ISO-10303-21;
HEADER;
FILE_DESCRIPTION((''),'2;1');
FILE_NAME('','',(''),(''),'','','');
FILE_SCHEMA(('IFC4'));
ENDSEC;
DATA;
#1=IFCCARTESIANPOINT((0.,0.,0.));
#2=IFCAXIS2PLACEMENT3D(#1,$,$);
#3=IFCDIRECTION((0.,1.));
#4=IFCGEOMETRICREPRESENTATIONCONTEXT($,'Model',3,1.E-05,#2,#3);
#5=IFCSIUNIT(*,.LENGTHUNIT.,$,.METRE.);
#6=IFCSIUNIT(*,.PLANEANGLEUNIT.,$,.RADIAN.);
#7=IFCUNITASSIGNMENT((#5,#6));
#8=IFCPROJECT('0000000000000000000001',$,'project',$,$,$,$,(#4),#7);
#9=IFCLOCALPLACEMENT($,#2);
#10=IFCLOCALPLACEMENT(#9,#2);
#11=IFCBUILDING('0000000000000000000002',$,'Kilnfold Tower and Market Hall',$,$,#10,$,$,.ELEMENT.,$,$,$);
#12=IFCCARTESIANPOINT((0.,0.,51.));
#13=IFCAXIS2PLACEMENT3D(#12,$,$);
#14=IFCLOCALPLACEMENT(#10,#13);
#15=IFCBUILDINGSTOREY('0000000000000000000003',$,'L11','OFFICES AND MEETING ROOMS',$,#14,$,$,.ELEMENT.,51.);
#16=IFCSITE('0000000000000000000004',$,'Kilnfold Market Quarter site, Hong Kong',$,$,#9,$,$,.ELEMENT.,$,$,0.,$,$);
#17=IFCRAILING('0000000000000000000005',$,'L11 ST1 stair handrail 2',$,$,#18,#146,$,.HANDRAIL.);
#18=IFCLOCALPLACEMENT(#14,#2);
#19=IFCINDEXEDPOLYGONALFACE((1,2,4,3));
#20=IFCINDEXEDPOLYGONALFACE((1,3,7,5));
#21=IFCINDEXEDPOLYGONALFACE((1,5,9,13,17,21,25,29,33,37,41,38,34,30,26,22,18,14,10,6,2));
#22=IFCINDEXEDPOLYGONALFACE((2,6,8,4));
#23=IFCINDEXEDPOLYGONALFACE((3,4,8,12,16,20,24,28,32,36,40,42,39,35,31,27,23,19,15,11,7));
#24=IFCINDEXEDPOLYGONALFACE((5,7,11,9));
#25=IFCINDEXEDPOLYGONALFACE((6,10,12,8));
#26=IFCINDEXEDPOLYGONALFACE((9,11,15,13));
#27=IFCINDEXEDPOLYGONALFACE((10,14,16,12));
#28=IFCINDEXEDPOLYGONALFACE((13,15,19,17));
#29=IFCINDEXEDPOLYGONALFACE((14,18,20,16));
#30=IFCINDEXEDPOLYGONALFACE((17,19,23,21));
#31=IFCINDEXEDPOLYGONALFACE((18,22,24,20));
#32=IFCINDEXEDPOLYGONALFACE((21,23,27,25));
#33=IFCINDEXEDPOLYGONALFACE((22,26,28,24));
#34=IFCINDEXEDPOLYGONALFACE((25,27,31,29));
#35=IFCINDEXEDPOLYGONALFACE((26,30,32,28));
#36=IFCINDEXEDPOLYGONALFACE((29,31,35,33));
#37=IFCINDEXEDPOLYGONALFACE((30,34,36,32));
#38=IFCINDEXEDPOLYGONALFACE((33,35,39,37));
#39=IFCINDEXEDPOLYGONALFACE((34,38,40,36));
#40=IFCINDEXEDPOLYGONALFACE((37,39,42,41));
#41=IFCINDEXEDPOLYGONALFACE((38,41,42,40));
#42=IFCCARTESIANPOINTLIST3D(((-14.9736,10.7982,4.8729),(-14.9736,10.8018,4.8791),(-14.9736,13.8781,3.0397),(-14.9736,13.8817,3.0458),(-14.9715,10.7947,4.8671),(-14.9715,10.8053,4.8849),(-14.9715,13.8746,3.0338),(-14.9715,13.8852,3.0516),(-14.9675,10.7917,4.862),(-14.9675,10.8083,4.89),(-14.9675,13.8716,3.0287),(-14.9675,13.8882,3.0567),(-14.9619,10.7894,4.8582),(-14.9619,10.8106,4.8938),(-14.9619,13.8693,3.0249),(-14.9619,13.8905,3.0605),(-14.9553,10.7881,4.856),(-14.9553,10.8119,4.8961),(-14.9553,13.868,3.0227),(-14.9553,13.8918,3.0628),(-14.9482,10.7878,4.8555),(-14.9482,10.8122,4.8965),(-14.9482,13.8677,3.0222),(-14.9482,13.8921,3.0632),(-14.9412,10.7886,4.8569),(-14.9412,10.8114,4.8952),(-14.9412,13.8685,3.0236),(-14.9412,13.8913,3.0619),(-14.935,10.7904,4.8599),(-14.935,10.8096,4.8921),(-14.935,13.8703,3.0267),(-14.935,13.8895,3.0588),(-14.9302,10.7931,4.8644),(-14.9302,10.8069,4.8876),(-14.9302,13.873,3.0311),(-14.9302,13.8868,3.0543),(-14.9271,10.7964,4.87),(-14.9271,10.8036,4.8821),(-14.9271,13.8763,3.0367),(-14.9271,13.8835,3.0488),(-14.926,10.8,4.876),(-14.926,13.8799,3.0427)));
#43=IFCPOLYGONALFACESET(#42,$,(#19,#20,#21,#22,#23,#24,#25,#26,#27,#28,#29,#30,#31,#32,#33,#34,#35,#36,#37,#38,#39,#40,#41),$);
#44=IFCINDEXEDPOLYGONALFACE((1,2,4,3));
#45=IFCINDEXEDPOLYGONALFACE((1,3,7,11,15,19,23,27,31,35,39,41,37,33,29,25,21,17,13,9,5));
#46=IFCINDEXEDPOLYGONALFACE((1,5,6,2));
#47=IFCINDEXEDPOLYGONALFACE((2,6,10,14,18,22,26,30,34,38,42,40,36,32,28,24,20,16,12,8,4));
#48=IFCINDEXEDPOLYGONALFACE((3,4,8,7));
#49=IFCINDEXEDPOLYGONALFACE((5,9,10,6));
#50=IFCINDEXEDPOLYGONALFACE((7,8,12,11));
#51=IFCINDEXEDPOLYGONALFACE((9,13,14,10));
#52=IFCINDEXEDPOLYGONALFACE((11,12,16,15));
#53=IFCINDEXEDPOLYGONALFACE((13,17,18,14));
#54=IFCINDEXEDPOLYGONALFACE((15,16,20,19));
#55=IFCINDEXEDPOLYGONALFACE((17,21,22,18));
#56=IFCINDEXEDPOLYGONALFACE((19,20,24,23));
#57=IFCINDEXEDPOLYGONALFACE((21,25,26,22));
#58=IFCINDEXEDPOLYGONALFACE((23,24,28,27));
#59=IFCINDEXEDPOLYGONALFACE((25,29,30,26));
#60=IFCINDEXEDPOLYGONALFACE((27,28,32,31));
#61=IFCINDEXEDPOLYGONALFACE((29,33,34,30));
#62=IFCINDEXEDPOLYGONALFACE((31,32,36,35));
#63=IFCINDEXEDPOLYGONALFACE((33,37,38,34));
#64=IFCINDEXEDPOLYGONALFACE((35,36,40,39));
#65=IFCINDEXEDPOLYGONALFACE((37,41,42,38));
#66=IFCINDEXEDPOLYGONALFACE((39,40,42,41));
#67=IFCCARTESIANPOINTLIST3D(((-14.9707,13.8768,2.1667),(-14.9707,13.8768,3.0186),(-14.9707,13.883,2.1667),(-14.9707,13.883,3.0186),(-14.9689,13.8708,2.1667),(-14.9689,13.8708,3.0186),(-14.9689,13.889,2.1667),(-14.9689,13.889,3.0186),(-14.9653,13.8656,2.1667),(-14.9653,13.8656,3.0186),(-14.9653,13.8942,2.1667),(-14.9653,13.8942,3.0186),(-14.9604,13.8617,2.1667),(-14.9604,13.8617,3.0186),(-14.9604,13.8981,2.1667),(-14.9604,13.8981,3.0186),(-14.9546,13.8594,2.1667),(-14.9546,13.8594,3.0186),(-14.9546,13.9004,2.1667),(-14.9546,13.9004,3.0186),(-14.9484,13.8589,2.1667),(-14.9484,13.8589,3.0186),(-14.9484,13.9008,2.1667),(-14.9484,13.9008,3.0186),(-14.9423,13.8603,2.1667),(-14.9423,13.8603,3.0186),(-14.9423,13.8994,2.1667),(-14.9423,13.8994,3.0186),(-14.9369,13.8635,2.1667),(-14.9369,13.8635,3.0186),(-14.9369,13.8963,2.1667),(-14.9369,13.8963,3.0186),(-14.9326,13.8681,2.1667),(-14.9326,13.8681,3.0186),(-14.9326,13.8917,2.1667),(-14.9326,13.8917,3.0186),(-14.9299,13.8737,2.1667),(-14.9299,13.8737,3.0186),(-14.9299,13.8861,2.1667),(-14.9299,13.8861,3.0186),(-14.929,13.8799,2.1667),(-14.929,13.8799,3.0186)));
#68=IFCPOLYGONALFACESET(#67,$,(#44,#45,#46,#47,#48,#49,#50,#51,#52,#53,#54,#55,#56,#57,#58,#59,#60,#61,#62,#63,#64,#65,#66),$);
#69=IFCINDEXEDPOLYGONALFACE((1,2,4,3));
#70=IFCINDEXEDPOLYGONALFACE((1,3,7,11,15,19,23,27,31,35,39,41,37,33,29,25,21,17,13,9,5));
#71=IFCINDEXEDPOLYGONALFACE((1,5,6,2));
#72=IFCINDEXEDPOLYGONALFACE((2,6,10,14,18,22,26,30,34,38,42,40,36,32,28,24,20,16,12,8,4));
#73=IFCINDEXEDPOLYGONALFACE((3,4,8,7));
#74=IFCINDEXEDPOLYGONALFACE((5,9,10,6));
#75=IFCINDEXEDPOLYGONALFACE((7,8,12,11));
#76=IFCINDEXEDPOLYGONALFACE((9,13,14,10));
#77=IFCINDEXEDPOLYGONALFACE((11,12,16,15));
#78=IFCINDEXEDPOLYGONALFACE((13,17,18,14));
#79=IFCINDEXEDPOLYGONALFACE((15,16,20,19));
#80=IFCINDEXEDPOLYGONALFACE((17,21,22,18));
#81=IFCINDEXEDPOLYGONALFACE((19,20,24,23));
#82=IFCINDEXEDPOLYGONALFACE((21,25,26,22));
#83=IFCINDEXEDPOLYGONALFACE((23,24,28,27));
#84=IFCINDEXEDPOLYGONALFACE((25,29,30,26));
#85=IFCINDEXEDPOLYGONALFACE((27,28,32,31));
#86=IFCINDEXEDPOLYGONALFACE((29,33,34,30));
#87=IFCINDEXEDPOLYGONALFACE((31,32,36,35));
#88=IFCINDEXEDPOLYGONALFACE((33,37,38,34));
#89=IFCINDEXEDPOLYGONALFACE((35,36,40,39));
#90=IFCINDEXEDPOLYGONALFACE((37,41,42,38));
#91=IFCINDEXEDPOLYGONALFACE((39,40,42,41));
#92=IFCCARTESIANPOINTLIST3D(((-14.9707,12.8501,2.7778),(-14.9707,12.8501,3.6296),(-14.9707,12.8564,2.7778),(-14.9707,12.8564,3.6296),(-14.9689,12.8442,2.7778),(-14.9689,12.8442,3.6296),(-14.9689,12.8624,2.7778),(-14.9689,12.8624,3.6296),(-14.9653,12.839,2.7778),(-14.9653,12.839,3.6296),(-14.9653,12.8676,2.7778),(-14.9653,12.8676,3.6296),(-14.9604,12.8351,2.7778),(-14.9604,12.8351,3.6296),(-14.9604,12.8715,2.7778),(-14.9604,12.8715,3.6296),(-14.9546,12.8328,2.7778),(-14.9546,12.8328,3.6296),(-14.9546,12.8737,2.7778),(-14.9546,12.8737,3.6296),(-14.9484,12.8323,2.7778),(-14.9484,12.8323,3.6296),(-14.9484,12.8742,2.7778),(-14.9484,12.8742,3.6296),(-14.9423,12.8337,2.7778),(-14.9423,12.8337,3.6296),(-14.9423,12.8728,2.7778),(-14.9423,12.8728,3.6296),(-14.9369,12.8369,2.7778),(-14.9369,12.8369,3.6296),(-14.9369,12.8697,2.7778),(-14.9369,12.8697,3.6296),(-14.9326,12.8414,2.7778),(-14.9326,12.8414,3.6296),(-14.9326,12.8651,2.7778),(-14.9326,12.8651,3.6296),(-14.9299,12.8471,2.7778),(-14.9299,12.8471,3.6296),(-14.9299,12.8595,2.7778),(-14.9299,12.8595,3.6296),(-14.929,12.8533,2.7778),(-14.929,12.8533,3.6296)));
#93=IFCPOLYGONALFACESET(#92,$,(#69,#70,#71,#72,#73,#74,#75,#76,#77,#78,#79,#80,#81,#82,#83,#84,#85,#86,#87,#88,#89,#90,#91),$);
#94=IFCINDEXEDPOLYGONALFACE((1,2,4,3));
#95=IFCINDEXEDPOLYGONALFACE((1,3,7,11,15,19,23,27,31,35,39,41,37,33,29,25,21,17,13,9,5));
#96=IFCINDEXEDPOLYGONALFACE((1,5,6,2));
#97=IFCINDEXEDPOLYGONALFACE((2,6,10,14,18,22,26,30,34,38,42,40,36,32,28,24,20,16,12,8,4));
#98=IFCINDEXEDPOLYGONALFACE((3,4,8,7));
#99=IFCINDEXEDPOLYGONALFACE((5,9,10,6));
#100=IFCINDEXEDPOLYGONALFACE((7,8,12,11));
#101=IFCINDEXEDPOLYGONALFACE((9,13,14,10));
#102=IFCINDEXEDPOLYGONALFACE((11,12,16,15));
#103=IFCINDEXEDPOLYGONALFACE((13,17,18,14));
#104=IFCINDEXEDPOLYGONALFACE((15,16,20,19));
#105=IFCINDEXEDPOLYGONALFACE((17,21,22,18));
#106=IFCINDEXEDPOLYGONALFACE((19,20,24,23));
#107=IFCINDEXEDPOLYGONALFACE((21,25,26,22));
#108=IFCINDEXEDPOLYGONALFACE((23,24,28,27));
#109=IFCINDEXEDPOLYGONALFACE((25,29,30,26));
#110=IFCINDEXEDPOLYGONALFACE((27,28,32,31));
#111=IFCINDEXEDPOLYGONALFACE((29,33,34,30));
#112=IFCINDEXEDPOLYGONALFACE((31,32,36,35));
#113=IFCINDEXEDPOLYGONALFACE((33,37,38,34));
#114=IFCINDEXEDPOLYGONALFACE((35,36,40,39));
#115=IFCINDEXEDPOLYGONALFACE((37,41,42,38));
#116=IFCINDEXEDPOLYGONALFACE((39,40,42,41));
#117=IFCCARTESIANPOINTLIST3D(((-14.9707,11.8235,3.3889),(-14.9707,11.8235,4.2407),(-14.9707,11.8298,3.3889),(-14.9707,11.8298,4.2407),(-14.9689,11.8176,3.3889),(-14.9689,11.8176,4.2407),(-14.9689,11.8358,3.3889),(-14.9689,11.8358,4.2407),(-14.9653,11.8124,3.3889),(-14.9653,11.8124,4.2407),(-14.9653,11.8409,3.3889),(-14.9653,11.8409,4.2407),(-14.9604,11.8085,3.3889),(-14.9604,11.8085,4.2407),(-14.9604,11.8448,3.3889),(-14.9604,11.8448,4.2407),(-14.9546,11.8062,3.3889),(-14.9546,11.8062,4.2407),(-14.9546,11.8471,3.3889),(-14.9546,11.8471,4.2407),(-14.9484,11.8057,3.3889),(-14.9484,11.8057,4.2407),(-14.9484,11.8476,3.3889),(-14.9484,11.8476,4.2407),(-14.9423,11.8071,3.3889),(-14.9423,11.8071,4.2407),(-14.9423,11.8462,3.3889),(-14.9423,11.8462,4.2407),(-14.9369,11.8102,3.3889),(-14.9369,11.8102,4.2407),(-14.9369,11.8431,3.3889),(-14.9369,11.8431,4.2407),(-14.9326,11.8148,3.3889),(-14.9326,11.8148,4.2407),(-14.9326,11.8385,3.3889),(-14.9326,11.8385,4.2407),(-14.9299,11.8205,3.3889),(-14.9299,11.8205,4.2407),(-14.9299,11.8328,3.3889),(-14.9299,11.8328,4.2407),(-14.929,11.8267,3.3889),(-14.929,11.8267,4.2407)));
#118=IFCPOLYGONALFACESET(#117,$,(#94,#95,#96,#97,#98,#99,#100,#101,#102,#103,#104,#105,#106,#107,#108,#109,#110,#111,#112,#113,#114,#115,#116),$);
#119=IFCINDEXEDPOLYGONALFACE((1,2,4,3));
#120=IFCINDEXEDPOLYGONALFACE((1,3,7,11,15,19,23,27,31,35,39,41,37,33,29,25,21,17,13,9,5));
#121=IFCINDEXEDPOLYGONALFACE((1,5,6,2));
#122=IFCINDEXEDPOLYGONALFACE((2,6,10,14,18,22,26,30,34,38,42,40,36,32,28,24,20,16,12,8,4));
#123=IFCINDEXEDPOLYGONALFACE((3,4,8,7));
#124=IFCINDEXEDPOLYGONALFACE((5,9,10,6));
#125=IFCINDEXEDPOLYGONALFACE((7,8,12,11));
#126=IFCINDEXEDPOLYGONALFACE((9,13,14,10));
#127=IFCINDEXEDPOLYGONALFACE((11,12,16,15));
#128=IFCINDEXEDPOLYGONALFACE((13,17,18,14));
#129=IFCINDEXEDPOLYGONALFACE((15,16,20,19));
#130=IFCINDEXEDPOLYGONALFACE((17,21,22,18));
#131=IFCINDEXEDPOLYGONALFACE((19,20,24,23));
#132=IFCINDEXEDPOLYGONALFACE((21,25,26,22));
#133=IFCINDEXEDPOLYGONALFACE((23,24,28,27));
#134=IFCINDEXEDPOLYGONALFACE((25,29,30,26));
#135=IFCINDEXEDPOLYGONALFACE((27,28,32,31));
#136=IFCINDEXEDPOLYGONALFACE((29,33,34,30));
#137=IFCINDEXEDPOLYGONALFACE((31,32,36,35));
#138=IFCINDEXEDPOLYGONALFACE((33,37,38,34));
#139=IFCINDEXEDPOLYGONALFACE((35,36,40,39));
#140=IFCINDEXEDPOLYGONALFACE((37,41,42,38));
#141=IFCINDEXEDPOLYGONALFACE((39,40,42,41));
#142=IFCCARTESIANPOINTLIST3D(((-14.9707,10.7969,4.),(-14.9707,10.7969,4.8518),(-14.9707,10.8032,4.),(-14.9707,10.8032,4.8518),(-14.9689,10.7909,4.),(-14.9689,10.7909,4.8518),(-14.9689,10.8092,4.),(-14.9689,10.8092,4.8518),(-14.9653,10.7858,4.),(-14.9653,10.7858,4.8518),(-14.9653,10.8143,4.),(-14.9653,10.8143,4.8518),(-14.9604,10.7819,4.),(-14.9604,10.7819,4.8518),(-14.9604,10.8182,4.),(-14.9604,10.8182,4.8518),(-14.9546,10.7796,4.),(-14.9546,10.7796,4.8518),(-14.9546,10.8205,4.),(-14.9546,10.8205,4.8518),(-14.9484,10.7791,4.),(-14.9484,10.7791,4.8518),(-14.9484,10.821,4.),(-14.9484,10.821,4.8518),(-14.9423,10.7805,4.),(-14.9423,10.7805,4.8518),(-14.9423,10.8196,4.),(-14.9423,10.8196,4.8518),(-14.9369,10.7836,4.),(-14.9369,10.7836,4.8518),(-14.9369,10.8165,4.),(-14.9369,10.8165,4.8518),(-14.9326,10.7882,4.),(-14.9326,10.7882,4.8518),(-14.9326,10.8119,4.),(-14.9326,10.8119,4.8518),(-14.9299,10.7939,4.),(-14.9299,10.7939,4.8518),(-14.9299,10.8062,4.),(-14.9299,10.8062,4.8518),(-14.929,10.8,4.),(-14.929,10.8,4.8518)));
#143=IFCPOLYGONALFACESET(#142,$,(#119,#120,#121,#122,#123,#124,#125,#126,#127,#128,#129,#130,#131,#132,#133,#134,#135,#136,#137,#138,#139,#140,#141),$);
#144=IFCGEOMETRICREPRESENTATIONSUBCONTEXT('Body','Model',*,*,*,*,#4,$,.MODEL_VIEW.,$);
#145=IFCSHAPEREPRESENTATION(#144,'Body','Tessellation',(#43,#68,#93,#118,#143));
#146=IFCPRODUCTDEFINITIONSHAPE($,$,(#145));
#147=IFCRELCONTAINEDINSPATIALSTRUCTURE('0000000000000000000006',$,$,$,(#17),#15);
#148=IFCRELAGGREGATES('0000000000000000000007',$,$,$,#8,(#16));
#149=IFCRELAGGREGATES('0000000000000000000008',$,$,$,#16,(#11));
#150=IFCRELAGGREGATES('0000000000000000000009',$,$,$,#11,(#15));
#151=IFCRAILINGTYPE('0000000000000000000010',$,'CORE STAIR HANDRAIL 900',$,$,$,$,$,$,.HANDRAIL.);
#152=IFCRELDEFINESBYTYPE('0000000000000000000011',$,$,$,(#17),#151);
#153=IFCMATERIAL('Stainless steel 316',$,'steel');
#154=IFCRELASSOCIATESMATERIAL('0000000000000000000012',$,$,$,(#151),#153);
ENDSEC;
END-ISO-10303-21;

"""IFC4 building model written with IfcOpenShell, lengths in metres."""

from ifc_helpers import new_model, si_unit, direction, frame, origin, origin_2d, place, context, subcontext, project, spatial, circle, extrude, material, type_object, element, save


model = new_model("IFC4")

# Units and contexts
model_context = context("Model", 3, precision=1e-05, world=origin(), true_north=direction((0.0, 1.0)))
body_context = subcontext(model_context, "Body", "Model", "MODEL_VIEW")
ifc_project = project(units=[si_unit("LENGTHUNIT", "METRE"), si_unit("PLANEANGLEUNIT", "RADIAN")], contexts=[model_context])

# Site, building, storey
site_placement = place(None, origin())
site = spatial("IfcSite", under=ifc_project, at=site_placement, Name="Kilnfold Market Quarter site, Hong Kong", CompositionType="ELEMENT", RefElevation=0.0)
building_placement = place(site_placement, origin())
building = spatial("IfcBuilding", under=site, at=building_placement, Name="Kilnfold Tower and Market Hall", CompositionType="ELEMENT")
storey_placement = place(building_placement, frame((0.0, 0.0, 51.0)))
storey = spatial("IfcBuildingStorey", under=building, at=storey_placement, Name="L11", Description="OFFICES AND MEETING ROOMS", CompositionType="ELEMENT", Elevation=51.0)

# Railing
ifc_material_1 = material(Name="Stainless steel 316", Category="steel")
railing_type = type_object("IfcRailingType", Name="CORE STAIR HANDRAIL 900", PredefinedType="HANDRAIL", material=ifc_material_1)
railing_placement = place(storey_placement, frame((-14.95, 13.8799, 2.1667)))
element("IfcRailing", 1, at=railing_placement, inside=storey, type_object=railing_type, Name="L11 ST1 stair handrail 2", PredefinedType="HANDRAIL", context=body_context, shape_type="SweptSolid", body=[
    extrude(circle(Radius=0.0239, at=origin_2d()), frame((0.0, 0.0, 0.876), z_axis=(0.0, -0.859291, 0.511487), x_axis=(1.0, 0.0, 0.0)), (0.0, 0.0, 1.0), 3.5842),
    extrude(circle(Radius=0.021, at=origin_2d()), origin(), (0.0, 0.0, 1.0), 0.8518),
    extrude(circle(Radius=0.021, at=origin_2d()), frame((0.0, -1.0266, 0.6111)), (0.0, 0.0, 1.0), 0.8518),
    extrude(circle(Radius=0.021, at=origin_2d()), frame((0.0, -2.0532, 1.2222)), (0.0, 0.0, 1.0), 0.8518),
    extrude(circle(Radius=0.021, at=origin_2d()), frame((0.0, -3.0798, 1.8333)), (0.0, 0.0, 1.0), 0.8518),
])

save(model, "model.ifc")
